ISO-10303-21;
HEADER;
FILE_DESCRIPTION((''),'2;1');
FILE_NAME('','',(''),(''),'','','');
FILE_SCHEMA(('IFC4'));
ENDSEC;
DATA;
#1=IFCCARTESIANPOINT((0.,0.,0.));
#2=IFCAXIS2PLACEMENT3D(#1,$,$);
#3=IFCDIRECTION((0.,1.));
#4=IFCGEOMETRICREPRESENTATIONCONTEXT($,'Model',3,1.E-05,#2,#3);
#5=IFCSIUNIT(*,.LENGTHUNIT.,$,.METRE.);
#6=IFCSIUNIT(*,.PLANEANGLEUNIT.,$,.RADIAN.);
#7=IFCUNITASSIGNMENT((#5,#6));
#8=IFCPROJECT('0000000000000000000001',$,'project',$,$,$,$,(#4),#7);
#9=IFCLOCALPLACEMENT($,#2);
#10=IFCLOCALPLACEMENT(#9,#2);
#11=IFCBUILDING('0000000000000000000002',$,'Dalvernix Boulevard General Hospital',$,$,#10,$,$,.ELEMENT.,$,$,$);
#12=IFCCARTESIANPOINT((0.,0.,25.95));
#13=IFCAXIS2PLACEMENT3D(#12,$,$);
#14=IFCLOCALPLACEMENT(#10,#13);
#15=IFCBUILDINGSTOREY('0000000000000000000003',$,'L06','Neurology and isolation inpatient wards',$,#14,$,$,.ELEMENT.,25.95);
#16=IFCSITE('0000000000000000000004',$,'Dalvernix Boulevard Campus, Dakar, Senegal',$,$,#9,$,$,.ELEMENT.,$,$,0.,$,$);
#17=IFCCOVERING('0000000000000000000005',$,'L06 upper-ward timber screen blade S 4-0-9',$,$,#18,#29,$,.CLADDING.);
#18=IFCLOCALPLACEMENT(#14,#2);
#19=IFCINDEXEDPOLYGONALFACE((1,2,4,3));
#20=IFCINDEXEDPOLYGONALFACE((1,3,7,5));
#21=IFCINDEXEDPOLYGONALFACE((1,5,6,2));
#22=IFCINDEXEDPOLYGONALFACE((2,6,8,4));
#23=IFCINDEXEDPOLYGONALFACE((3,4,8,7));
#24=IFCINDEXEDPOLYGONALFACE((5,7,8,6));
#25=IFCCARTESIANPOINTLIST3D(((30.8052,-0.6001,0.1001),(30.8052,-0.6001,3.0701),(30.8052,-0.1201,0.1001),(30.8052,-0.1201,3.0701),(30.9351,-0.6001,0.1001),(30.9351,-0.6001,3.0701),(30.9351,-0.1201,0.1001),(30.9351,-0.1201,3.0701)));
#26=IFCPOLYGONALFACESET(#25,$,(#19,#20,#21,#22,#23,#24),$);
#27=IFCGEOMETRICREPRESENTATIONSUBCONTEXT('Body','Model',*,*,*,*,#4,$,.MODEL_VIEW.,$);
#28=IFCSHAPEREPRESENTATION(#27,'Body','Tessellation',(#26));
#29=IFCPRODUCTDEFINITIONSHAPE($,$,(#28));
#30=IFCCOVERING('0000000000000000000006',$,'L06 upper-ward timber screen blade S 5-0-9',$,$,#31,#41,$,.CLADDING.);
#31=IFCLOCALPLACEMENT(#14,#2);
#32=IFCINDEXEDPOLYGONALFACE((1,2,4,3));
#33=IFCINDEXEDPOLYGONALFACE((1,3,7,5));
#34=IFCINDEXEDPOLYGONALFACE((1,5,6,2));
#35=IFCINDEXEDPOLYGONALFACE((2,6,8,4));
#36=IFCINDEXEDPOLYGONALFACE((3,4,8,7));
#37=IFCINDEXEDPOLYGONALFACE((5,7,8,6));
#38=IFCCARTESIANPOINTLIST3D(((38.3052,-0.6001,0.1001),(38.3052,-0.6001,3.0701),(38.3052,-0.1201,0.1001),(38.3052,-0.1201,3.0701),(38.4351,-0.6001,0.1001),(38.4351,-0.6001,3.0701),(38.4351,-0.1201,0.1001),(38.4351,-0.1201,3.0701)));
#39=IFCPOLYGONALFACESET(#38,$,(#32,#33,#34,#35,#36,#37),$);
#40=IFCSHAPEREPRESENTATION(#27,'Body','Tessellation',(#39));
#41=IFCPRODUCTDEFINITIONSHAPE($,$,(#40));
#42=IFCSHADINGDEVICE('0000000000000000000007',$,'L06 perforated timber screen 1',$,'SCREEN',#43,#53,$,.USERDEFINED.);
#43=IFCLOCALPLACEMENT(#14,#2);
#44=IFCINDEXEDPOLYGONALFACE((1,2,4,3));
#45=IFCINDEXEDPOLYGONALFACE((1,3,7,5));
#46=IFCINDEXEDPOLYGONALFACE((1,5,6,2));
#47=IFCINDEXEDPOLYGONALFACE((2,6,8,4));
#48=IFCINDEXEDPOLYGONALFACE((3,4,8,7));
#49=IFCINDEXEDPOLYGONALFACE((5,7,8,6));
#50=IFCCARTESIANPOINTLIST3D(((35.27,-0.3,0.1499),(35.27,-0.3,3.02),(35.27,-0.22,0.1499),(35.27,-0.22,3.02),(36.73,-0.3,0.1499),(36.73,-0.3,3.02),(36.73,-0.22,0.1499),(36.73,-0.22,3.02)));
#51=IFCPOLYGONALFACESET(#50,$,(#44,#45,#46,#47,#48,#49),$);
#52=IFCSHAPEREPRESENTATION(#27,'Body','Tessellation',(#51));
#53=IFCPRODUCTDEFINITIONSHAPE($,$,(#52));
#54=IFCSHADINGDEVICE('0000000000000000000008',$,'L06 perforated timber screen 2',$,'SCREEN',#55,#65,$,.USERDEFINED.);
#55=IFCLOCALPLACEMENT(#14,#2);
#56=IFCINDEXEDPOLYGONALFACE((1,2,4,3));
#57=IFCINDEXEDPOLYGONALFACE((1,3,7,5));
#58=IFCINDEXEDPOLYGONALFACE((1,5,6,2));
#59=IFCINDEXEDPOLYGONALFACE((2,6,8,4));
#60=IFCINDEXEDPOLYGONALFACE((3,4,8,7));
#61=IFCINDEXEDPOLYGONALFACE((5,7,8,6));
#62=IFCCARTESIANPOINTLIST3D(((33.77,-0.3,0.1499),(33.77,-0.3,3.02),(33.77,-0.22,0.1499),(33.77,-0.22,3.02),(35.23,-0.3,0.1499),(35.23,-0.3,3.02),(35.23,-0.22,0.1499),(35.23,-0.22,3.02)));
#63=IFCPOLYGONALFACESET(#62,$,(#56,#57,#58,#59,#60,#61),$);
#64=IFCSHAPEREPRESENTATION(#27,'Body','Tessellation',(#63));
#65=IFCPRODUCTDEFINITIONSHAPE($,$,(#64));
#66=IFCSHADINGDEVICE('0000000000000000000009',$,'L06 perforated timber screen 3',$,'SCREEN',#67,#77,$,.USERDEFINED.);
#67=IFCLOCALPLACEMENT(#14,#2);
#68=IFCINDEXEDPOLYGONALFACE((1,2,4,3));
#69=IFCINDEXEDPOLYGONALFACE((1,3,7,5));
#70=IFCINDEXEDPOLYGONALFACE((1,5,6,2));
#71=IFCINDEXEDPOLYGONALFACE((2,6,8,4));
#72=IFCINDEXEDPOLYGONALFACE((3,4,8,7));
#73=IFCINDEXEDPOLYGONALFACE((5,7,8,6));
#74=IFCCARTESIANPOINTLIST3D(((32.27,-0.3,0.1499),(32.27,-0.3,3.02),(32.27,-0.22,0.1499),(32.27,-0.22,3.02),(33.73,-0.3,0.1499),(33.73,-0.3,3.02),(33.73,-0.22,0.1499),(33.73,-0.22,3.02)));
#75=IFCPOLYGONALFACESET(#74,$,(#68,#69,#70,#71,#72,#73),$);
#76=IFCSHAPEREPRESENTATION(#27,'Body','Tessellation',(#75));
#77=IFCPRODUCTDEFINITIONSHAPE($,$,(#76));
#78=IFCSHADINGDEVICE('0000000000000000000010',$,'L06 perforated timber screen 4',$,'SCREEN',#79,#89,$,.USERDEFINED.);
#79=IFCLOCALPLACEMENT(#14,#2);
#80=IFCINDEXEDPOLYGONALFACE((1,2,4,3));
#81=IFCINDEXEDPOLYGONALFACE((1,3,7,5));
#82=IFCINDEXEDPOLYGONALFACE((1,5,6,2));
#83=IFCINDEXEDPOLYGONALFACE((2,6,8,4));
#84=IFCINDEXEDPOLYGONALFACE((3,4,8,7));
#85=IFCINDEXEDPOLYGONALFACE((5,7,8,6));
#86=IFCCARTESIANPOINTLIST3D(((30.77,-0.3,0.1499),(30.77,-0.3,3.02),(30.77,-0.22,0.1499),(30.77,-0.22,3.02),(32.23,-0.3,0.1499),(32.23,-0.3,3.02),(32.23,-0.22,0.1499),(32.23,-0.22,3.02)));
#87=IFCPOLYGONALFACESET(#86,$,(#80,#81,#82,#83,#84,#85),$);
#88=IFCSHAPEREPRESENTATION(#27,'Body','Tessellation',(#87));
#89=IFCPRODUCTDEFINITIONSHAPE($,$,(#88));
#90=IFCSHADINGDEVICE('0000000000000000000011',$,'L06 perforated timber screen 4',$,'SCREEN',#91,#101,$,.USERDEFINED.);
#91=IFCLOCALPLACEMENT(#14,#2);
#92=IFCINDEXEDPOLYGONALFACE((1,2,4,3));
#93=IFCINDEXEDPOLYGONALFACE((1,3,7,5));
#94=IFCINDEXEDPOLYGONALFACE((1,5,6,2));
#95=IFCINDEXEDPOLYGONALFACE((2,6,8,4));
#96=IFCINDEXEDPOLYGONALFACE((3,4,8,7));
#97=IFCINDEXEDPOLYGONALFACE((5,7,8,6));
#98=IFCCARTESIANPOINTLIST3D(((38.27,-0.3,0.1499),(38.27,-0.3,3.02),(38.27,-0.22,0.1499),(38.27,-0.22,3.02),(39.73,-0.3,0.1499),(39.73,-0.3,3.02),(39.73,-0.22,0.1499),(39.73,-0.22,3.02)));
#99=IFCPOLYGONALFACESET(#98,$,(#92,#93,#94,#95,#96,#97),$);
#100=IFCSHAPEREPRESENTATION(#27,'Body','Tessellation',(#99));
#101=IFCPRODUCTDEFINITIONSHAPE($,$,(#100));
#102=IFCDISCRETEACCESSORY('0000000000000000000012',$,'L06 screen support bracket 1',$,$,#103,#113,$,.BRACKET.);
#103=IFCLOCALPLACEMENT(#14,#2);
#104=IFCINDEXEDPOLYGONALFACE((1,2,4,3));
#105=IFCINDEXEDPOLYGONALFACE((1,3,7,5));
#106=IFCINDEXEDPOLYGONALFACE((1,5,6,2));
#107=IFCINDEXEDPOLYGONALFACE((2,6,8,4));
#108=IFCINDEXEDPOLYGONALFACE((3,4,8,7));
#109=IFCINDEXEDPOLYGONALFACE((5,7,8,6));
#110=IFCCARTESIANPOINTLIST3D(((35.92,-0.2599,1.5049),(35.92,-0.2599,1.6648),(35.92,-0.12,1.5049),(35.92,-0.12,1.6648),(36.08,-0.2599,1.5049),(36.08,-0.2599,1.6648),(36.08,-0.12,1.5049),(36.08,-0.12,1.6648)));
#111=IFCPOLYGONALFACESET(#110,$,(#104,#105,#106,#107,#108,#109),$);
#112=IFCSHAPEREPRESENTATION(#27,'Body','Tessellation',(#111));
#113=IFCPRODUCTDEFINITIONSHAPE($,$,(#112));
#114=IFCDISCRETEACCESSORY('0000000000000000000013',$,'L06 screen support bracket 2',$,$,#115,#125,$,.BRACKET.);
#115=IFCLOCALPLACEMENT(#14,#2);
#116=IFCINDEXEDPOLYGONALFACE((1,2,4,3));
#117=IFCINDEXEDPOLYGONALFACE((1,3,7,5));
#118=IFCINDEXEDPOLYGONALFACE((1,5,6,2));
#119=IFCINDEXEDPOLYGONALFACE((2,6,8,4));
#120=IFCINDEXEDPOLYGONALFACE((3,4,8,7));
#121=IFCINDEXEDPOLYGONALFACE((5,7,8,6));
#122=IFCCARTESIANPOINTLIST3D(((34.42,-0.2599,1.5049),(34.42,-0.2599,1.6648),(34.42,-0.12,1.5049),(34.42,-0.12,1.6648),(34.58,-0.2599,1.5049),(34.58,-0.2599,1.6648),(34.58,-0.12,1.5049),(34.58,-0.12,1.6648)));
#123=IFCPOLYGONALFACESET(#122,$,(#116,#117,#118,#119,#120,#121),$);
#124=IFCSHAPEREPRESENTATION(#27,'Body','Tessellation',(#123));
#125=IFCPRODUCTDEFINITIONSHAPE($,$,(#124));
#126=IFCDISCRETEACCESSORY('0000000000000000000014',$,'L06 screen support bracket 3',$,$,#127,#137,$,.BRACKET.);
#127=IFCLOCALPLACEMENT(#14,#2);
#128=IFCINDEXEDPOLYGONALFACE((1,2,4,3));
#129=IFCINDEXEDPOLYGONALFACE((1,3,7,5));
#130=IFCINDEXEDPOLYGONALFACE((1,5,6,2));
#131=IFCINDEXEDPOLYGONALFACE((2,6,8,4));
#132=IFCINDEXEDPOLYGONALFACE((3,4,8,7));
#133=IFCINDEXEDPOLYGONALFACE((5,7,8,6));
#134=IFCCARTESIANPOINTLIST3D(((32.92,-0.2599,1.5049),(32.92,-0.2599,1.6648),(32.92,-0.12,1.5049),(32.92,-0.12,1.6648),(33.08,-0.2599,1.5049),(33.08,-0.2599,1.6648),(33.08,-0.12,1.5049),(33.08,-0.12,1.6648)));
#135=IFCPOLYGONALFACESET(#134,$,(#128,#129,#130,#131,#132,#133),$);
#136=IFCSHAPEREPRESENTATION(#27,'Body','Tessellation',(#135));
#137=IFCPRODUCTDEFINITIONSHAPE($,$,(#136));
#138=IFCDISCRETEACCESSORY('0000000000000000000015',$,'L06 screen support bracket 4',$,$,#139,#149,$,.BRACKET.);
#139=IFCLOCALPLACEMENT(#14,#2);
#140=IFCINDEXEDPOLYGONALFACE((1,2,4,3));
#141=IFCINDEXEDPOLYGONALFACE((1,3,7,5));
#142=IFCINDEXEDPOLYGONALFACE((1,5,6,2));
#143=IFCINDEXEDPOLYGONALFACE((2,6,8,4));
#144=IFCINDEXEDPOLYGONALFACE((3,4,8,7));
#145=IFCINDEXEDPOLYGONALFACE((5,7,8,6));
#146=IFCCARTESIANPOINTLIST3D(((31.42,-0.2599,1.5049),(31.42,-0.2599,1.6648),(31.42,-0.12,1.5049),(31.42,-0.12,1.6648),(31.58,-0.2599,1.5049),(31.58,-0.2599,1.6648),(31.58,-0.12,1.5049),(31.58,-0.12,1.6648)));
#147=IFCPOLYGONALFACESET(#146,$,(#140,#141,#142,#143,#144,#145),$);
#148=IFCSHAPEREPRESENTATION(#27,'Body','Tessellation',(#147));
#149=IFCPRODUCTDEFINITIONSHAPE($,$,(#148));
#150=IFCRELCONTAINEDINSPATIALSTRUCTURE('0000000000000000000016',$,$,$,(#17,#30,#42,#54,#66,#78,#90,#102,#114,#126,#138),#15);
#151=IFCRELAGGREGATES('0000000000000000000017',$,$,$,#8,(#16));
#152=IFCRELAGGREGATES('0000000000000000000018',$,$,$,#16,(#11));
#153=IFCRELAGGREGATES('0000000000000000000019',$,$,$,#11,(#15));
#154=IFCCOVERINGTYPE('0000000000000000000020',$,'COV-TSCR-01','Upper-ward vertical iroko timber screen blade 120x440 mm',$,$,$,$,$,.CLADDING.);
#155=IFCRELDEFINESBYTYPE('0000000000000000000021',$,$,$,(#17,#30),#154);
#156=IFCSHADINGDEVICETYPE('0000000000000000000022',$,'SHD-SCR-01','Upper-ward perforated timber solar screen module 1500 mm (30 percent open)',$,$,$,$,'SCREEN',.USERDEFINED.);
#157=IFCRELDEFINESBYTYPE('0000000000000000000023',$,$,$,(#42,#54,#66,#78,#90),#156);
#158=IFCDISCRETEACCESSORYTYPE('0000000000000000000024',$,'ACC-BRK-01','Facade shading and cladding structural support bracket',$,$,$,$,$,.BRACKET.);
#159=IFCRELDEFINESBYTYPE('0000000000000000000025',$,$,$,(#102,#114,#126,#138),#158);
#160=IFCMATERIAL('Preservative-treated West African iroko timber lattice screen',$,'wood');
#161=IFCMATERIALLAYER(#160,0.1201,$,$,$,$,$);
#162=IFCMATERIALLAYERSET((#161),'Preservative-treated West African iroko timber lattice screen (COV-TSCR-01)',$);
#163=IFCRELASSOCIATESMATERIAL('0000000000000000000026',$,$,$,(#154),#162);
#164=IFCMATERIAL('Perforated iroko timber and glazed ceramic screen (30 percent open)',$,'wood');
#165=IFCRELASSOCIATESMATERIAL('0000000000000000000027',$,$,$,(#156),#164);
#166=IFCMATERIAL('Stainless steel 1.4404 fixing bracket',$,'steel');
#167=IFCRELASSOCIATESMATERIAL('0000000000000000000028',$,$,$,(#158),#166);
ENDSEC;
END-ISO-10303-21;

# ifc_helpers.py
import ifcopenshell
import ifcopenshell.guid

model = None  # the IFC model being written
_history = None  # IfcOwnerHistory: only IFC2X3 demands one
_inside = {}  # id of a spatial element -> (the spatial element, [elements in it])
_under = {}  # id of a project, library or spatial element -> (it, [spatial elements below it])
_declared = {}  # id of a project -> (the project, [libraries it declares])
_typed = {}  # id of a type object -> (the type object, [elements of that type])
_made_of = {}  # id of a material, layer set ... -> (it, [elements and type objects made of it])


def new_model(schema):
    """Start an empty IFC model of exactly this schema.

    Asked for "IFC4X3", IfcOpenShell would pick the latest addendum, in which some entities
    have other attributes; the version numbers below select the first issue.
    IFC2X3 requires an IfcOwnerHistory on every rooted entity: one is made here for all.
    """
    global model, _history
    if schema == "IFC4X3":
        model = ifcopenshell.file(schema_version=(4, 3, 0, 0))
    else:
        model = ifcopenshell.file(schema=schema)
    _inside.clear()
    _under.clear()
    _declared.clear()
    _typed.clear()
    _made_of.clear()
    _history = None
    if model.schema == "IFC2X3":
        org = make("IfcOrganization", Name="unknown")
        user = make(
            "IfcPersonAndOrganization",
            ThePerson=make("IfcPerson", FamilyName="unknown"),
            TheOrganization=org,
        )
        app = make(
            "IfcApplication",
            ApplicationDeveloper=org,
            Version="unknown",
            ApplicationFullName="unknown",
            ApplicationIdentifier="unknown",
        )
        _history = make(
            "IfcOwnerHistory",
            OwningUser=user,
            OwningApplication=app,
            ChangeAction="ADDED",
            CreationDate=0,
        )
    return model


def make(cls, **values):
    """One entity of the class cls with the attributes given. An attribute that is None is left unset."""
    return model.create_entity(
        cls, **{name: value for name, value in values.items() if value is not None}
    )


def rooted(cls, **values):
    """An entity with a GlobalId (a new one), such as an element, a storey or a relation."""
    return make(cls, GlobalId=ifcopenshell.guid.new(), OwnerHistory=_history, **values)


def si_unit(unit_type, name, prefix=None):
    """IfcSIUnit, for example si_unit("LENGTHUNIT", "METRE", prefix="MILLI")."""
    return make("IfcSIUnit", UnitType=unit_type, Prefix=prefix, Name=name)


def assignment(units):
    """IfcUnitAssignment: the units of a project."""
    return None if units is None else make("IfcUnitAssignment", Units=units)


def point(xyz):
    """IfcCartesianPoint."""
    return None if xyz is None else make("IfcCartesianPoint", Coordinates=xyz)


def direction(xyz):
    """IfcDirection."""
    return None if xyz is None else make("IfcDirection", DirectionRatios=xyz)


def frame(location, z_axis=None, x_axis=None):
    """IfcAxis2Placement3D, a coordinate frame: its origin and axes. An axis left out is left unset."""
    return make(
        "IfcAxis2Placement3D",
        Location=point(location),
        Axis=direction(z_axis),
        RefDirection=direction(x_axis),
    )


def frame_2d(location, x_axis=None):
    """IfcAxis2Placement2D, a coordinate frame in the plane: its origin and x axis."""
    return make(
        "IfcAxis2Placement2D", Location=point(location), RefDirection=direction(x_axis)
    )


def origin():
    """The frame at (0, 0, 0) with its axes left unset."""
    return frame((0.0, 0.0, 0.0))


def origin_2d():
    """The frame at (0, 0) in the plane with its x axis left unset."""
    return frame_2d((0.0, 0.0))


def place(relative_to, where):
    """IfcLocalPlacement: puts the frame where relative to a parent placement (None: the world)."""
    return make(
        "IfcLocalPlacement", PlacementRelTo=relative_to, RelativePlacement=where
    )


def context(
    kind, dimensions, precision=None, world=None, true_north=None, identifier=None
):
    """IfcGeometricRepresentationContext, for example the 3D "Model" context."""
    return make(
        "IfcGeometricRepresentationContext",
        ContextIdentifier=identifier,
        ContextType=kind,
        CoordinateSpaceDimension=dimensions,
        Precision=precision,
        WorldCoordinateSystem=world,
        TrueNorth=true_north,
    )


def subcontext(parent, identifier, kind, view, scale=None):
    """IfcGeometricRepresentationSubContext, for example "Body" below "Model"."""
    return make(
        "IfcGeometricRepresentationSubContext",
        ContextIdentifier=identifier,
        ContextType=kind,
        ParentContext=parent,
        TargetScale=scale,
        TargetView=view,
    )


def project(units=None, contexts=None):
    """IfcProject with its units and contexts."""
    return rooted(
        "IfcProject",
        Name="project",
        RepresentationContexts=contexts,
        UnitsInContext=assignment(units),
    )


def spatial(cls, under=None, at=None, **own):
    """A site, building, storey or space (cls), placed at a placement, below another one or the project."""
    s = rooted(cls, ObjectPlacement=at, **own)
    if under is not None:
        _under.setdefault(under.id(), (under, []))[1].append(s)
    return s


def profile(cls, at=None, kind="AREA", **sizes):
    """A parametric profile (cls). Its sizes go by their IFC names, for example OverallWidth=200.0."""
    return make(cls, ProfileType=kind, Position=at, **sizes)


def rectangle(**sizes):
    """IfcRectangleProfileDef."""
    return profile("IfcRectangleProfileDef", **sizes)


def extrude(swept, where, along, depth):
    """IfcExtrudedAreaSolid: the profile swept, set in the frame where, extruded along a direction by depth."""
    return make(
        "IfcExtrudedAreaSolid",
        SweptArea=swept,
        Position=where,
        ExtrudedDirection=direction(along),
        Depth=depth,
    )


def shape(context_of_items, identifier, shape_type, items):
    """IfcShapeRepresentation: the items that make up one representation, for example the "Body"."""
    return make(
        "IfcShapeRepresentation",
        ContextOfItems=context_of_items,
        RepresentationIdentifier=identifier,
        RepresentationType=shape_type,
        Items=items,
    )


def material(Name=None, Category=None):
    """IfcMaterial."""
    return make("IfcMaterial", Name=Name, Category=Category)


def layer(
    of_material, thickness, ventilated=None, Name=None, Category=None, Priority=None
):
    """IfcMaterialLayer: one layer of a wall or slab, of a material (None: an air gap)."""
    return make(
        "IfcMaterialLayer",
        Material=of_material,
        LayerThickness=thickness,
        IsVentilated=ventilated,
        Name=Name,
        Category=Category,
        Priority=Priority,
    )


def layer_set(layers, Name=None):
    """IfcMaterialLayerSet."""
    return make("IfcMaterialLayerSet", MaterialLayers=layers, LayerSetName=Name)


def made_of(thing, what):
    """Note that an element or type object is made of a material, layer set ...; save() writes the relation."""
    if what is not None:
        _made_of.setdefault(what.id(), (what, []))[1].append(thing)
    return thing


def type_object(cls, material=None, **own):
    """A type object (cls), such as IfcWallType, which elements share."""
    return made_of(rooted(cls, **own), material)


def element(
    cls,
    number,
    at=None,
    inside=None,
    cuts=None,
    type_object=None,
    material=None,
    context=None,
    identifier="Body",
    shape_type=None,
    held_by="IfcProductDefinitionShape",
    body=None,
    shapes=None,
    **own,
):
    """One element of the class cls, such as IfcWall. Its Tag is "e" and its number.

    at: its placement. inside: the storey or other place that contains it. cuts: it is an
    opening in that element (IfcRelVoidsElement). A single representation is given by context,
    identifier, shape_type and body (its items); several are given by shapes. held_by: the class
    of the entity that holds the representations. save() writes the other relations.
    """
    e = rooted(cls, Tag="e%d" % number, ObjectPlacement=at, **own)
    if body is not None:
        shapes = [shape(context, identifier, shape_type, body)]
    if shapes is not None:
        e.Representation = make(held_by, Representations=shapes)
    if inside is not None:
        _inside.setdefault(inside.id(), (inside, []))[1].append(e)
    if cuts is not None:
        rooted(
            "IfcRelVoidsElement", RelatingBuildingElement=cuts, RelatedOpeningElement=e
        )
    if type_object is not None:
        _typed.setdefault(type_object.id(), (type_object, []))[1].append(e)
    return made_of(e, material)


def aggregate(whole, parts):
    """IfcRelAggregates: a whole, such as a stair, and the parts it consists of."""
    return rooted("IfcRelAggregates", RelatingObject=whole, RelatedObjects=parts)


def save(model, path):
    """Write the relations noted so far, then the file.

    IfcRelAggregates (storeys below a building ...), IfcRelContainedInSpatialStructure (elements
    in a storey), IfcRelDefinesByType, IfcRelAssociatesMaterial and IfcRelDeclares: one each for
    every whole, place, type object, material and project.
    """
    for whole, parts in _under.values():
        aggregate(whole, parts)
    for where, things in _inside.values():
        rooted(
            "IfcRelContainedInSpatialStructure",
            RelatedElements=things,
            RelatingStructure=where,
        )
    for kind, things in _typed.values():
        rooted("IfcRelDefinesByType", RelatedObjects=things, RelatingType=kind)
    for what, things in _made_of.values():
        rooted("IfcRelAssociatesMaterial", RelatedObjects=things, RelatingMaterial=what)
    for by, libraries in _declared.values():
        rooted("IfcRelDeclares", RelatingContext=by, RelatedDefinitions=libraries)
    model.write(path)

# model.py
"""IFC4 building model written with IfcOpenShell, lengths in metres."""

from ifc_helpers import new_model, si_unit, direction, frame, origin, origin_2d, place, context, subcontext, project, spatial, rectangle, extrude, material, layer, layer_set, type_object, element, save


model = new_model("IFC4")

# Units and contexts
model_context = context("Model", 3, precision=1e-05, world=origin(), true_north=direction((0.0, 1.0)))
body_context = subcontext(model_context, "Body", "Model", "MODEL_VIEW")
ifc_project = project(units=[si_unit("LENGTHUNIT", "METRE"), si_unit("PLANEANGLEUNIT", "RADIAN")], contexts=[model_context])

# Site, building, storey
site_placement = place(None, origin())
site = spatial("IfcSite", under=ifc_project, at=site_placement, Name="Dalvernix Boulevard Campus, Dakar, Senegal", CompositionType="ELEMENT", RefElevation=0.0)
building_placement = place(site_placement, origin())
building = spatial("IfcBuilding", under=site, at=building_placement, Name="Dalvernix Boulevard General Hospital", CompositionType="ELEMENT")
storey_placement = place(building_placement, frame((0.0, 0.0, 25.95)))
storey = spatial("IfcBuildingStorey", under=building, at=storey_placement, Name="L06", Description="Neurology and isolation inpatient wards", CompositionType="ELEMENT", Elevation=25.95)

# Coverings
ifc_material_1 = material(Name="Preservative-treated West African iroko timber lattice screen", Category="wood")
ifc_layer_1 = layer(ifc_material_1, 0.1201)
ifc_layer_set_1 = layer_set([ifc_layer_1], Name="Preservative-treated West African iroko timber lattice screen (COV-TSCR-01)")
covering_type_1 = type_object("IfcCoveringType", Name="COV-TSCR-01", Description="Upper-ward vertical iroko timber screen blade 120x440 mm", PredefinedType="CLADDING", material=ifc_layer_set_1)
for number, where, z_axis, x_axis, name in (
    (1, (30.8701, -0.3601, 0.1001), (0.0, 0.0, 1.0), (-1.0, 0.0, 0.0), "L06 upper-ward timber screen blade S 4-0-9"),
    (2, (38.3701, -0.3601, 0.1001), (0.0, 0.0, 1.0), (-1.0, 0.0, 0.0), "L06 upper-ward timber screen blade S 5-0-9"),
):
    element("IfcCovering", number, at=place(storey_placement, frame(where, z_axis=z_axis, x_axis=x_axis)), inside=storey, type_object=covering_type_1, Name=name, PredefinedType="CLADDING", context=body_context, shape_type="SweptSolid", body=[
        extrude(rectangle(XDim=0.1299, YDim=0.48, at=origin_2d()), origin(), (0.0, 0.0, 1.0), 2.97),
    ])

# Shading devices
ifc_material_2 = material(Name="Perforated iroko timber and glazed ceramic screen (30 percent open)", Category="wood")
shading_device_type = type_object("IfcShadingDeviceType", Name="SHD-SCR-01", Description="Upper-ward perforated timber solar screen module 1500 mm (30 percent open)", ElementType="SCREEN", PredefinedType="USERDEFINED", material=ifc_material_2)
for number, where, z_axis, x_axis, name in (
    (3, (36.0, -0.26, 0.1499), (0.0, 0.0, 1.0), (-1.0, 0.0, 0.0), "L06 perforated timber screen 1"),
    (4, (34.5, -0.26, 0.1499), (0.0, 0.0, 1.0), (-1.0, 0.0, 0.0), "L06 perforated timber screen 2"),
    (5, (33.0, -0.26, 0.1499), (0.0, 0.0, 1.0), (-1.0, 0.0, 0.0), "L06 perforated timber screen 3"),
    (6, (31.5, -0.26, 0.1499), (0.0, 0.0, 1.0), (-1.0, 0.0, 0.0), "L06 perforated timber screen 4"),
    (7, (39.0, -0.26, 0.1499), (0.0, 0.0, 1.0), (-1.0, 0.0, 0.0), "L06 perforated timber screen 4"),
):
    element("IfcShadingDevice", number, at=place(storey_placement, frame(where, z_axis=z_axis, x_axis=x_axis)), inside=storey, type_object=shading_device_type, Name=name, ObjectType="SCREEN", PredefinedType="USERDEFINED", context=body_context, shape_type="SweptSolid", body=[
        extrude(rectangle(XDim=1.46, YDim=0.0801, at=origin_2d()), origin(), (0.0, 0.0, 1.0), 2.8701),
    ])

# Discrete accessories
ifc_material_3 = material(Name="Stainless steel 1.4404 fixing bracket", Category="steel")
discrete_accessory_type = type_object("IfcDiscreteAccessoryType", Name="ACC-BRK-01", Description="Facade shading and cladding structural support bracket", PredefinedType="BRACKET", material=ifc_material_3)
for number, where, z_axis, x_axis, name in (
    (8, (36.0, -0.1899, 1.5049), (0.0, 0.0, 1.0), (-1.0, 0.0, 0.0), "L06 screen support bracket 1"),
    (9, (34.5, -0.1899, 1.5049), (0.0, 0.0, 1.0), (-1.0, 0.0, 0.0), "L06 screen support bracket 2"),
    (10, (33.0, -0.1899, 1.5049), (0.0, 0.0, 1.0), (-1.0, 0.0, 0.0), "L06 screen support bracket 3"),
    (11, (31.5, -0.1899, 1.5049), (0.0, 0.0, 1.0), (-1.0, 0.0, 0.0), "L06 screen support bracket 4"),
):
    element("IfcDiscreteAccessory", number, at=place(storey_placement, frame(where, z_axis=z_axis, x_axis=x_axis)), inside=storey, type_object=discrete_accessory_type, Name=name, PredefinedType="BRACKET", context=body_context, shape_type="SweptSolid", body=[
        extrude(rectangle(XDim=0.1599, YDim=0.1399, at=origin_2d()), origin(), (0.0, 0.0, 1.0), 0.1599),
    ])

save(model, "model.ifc")
